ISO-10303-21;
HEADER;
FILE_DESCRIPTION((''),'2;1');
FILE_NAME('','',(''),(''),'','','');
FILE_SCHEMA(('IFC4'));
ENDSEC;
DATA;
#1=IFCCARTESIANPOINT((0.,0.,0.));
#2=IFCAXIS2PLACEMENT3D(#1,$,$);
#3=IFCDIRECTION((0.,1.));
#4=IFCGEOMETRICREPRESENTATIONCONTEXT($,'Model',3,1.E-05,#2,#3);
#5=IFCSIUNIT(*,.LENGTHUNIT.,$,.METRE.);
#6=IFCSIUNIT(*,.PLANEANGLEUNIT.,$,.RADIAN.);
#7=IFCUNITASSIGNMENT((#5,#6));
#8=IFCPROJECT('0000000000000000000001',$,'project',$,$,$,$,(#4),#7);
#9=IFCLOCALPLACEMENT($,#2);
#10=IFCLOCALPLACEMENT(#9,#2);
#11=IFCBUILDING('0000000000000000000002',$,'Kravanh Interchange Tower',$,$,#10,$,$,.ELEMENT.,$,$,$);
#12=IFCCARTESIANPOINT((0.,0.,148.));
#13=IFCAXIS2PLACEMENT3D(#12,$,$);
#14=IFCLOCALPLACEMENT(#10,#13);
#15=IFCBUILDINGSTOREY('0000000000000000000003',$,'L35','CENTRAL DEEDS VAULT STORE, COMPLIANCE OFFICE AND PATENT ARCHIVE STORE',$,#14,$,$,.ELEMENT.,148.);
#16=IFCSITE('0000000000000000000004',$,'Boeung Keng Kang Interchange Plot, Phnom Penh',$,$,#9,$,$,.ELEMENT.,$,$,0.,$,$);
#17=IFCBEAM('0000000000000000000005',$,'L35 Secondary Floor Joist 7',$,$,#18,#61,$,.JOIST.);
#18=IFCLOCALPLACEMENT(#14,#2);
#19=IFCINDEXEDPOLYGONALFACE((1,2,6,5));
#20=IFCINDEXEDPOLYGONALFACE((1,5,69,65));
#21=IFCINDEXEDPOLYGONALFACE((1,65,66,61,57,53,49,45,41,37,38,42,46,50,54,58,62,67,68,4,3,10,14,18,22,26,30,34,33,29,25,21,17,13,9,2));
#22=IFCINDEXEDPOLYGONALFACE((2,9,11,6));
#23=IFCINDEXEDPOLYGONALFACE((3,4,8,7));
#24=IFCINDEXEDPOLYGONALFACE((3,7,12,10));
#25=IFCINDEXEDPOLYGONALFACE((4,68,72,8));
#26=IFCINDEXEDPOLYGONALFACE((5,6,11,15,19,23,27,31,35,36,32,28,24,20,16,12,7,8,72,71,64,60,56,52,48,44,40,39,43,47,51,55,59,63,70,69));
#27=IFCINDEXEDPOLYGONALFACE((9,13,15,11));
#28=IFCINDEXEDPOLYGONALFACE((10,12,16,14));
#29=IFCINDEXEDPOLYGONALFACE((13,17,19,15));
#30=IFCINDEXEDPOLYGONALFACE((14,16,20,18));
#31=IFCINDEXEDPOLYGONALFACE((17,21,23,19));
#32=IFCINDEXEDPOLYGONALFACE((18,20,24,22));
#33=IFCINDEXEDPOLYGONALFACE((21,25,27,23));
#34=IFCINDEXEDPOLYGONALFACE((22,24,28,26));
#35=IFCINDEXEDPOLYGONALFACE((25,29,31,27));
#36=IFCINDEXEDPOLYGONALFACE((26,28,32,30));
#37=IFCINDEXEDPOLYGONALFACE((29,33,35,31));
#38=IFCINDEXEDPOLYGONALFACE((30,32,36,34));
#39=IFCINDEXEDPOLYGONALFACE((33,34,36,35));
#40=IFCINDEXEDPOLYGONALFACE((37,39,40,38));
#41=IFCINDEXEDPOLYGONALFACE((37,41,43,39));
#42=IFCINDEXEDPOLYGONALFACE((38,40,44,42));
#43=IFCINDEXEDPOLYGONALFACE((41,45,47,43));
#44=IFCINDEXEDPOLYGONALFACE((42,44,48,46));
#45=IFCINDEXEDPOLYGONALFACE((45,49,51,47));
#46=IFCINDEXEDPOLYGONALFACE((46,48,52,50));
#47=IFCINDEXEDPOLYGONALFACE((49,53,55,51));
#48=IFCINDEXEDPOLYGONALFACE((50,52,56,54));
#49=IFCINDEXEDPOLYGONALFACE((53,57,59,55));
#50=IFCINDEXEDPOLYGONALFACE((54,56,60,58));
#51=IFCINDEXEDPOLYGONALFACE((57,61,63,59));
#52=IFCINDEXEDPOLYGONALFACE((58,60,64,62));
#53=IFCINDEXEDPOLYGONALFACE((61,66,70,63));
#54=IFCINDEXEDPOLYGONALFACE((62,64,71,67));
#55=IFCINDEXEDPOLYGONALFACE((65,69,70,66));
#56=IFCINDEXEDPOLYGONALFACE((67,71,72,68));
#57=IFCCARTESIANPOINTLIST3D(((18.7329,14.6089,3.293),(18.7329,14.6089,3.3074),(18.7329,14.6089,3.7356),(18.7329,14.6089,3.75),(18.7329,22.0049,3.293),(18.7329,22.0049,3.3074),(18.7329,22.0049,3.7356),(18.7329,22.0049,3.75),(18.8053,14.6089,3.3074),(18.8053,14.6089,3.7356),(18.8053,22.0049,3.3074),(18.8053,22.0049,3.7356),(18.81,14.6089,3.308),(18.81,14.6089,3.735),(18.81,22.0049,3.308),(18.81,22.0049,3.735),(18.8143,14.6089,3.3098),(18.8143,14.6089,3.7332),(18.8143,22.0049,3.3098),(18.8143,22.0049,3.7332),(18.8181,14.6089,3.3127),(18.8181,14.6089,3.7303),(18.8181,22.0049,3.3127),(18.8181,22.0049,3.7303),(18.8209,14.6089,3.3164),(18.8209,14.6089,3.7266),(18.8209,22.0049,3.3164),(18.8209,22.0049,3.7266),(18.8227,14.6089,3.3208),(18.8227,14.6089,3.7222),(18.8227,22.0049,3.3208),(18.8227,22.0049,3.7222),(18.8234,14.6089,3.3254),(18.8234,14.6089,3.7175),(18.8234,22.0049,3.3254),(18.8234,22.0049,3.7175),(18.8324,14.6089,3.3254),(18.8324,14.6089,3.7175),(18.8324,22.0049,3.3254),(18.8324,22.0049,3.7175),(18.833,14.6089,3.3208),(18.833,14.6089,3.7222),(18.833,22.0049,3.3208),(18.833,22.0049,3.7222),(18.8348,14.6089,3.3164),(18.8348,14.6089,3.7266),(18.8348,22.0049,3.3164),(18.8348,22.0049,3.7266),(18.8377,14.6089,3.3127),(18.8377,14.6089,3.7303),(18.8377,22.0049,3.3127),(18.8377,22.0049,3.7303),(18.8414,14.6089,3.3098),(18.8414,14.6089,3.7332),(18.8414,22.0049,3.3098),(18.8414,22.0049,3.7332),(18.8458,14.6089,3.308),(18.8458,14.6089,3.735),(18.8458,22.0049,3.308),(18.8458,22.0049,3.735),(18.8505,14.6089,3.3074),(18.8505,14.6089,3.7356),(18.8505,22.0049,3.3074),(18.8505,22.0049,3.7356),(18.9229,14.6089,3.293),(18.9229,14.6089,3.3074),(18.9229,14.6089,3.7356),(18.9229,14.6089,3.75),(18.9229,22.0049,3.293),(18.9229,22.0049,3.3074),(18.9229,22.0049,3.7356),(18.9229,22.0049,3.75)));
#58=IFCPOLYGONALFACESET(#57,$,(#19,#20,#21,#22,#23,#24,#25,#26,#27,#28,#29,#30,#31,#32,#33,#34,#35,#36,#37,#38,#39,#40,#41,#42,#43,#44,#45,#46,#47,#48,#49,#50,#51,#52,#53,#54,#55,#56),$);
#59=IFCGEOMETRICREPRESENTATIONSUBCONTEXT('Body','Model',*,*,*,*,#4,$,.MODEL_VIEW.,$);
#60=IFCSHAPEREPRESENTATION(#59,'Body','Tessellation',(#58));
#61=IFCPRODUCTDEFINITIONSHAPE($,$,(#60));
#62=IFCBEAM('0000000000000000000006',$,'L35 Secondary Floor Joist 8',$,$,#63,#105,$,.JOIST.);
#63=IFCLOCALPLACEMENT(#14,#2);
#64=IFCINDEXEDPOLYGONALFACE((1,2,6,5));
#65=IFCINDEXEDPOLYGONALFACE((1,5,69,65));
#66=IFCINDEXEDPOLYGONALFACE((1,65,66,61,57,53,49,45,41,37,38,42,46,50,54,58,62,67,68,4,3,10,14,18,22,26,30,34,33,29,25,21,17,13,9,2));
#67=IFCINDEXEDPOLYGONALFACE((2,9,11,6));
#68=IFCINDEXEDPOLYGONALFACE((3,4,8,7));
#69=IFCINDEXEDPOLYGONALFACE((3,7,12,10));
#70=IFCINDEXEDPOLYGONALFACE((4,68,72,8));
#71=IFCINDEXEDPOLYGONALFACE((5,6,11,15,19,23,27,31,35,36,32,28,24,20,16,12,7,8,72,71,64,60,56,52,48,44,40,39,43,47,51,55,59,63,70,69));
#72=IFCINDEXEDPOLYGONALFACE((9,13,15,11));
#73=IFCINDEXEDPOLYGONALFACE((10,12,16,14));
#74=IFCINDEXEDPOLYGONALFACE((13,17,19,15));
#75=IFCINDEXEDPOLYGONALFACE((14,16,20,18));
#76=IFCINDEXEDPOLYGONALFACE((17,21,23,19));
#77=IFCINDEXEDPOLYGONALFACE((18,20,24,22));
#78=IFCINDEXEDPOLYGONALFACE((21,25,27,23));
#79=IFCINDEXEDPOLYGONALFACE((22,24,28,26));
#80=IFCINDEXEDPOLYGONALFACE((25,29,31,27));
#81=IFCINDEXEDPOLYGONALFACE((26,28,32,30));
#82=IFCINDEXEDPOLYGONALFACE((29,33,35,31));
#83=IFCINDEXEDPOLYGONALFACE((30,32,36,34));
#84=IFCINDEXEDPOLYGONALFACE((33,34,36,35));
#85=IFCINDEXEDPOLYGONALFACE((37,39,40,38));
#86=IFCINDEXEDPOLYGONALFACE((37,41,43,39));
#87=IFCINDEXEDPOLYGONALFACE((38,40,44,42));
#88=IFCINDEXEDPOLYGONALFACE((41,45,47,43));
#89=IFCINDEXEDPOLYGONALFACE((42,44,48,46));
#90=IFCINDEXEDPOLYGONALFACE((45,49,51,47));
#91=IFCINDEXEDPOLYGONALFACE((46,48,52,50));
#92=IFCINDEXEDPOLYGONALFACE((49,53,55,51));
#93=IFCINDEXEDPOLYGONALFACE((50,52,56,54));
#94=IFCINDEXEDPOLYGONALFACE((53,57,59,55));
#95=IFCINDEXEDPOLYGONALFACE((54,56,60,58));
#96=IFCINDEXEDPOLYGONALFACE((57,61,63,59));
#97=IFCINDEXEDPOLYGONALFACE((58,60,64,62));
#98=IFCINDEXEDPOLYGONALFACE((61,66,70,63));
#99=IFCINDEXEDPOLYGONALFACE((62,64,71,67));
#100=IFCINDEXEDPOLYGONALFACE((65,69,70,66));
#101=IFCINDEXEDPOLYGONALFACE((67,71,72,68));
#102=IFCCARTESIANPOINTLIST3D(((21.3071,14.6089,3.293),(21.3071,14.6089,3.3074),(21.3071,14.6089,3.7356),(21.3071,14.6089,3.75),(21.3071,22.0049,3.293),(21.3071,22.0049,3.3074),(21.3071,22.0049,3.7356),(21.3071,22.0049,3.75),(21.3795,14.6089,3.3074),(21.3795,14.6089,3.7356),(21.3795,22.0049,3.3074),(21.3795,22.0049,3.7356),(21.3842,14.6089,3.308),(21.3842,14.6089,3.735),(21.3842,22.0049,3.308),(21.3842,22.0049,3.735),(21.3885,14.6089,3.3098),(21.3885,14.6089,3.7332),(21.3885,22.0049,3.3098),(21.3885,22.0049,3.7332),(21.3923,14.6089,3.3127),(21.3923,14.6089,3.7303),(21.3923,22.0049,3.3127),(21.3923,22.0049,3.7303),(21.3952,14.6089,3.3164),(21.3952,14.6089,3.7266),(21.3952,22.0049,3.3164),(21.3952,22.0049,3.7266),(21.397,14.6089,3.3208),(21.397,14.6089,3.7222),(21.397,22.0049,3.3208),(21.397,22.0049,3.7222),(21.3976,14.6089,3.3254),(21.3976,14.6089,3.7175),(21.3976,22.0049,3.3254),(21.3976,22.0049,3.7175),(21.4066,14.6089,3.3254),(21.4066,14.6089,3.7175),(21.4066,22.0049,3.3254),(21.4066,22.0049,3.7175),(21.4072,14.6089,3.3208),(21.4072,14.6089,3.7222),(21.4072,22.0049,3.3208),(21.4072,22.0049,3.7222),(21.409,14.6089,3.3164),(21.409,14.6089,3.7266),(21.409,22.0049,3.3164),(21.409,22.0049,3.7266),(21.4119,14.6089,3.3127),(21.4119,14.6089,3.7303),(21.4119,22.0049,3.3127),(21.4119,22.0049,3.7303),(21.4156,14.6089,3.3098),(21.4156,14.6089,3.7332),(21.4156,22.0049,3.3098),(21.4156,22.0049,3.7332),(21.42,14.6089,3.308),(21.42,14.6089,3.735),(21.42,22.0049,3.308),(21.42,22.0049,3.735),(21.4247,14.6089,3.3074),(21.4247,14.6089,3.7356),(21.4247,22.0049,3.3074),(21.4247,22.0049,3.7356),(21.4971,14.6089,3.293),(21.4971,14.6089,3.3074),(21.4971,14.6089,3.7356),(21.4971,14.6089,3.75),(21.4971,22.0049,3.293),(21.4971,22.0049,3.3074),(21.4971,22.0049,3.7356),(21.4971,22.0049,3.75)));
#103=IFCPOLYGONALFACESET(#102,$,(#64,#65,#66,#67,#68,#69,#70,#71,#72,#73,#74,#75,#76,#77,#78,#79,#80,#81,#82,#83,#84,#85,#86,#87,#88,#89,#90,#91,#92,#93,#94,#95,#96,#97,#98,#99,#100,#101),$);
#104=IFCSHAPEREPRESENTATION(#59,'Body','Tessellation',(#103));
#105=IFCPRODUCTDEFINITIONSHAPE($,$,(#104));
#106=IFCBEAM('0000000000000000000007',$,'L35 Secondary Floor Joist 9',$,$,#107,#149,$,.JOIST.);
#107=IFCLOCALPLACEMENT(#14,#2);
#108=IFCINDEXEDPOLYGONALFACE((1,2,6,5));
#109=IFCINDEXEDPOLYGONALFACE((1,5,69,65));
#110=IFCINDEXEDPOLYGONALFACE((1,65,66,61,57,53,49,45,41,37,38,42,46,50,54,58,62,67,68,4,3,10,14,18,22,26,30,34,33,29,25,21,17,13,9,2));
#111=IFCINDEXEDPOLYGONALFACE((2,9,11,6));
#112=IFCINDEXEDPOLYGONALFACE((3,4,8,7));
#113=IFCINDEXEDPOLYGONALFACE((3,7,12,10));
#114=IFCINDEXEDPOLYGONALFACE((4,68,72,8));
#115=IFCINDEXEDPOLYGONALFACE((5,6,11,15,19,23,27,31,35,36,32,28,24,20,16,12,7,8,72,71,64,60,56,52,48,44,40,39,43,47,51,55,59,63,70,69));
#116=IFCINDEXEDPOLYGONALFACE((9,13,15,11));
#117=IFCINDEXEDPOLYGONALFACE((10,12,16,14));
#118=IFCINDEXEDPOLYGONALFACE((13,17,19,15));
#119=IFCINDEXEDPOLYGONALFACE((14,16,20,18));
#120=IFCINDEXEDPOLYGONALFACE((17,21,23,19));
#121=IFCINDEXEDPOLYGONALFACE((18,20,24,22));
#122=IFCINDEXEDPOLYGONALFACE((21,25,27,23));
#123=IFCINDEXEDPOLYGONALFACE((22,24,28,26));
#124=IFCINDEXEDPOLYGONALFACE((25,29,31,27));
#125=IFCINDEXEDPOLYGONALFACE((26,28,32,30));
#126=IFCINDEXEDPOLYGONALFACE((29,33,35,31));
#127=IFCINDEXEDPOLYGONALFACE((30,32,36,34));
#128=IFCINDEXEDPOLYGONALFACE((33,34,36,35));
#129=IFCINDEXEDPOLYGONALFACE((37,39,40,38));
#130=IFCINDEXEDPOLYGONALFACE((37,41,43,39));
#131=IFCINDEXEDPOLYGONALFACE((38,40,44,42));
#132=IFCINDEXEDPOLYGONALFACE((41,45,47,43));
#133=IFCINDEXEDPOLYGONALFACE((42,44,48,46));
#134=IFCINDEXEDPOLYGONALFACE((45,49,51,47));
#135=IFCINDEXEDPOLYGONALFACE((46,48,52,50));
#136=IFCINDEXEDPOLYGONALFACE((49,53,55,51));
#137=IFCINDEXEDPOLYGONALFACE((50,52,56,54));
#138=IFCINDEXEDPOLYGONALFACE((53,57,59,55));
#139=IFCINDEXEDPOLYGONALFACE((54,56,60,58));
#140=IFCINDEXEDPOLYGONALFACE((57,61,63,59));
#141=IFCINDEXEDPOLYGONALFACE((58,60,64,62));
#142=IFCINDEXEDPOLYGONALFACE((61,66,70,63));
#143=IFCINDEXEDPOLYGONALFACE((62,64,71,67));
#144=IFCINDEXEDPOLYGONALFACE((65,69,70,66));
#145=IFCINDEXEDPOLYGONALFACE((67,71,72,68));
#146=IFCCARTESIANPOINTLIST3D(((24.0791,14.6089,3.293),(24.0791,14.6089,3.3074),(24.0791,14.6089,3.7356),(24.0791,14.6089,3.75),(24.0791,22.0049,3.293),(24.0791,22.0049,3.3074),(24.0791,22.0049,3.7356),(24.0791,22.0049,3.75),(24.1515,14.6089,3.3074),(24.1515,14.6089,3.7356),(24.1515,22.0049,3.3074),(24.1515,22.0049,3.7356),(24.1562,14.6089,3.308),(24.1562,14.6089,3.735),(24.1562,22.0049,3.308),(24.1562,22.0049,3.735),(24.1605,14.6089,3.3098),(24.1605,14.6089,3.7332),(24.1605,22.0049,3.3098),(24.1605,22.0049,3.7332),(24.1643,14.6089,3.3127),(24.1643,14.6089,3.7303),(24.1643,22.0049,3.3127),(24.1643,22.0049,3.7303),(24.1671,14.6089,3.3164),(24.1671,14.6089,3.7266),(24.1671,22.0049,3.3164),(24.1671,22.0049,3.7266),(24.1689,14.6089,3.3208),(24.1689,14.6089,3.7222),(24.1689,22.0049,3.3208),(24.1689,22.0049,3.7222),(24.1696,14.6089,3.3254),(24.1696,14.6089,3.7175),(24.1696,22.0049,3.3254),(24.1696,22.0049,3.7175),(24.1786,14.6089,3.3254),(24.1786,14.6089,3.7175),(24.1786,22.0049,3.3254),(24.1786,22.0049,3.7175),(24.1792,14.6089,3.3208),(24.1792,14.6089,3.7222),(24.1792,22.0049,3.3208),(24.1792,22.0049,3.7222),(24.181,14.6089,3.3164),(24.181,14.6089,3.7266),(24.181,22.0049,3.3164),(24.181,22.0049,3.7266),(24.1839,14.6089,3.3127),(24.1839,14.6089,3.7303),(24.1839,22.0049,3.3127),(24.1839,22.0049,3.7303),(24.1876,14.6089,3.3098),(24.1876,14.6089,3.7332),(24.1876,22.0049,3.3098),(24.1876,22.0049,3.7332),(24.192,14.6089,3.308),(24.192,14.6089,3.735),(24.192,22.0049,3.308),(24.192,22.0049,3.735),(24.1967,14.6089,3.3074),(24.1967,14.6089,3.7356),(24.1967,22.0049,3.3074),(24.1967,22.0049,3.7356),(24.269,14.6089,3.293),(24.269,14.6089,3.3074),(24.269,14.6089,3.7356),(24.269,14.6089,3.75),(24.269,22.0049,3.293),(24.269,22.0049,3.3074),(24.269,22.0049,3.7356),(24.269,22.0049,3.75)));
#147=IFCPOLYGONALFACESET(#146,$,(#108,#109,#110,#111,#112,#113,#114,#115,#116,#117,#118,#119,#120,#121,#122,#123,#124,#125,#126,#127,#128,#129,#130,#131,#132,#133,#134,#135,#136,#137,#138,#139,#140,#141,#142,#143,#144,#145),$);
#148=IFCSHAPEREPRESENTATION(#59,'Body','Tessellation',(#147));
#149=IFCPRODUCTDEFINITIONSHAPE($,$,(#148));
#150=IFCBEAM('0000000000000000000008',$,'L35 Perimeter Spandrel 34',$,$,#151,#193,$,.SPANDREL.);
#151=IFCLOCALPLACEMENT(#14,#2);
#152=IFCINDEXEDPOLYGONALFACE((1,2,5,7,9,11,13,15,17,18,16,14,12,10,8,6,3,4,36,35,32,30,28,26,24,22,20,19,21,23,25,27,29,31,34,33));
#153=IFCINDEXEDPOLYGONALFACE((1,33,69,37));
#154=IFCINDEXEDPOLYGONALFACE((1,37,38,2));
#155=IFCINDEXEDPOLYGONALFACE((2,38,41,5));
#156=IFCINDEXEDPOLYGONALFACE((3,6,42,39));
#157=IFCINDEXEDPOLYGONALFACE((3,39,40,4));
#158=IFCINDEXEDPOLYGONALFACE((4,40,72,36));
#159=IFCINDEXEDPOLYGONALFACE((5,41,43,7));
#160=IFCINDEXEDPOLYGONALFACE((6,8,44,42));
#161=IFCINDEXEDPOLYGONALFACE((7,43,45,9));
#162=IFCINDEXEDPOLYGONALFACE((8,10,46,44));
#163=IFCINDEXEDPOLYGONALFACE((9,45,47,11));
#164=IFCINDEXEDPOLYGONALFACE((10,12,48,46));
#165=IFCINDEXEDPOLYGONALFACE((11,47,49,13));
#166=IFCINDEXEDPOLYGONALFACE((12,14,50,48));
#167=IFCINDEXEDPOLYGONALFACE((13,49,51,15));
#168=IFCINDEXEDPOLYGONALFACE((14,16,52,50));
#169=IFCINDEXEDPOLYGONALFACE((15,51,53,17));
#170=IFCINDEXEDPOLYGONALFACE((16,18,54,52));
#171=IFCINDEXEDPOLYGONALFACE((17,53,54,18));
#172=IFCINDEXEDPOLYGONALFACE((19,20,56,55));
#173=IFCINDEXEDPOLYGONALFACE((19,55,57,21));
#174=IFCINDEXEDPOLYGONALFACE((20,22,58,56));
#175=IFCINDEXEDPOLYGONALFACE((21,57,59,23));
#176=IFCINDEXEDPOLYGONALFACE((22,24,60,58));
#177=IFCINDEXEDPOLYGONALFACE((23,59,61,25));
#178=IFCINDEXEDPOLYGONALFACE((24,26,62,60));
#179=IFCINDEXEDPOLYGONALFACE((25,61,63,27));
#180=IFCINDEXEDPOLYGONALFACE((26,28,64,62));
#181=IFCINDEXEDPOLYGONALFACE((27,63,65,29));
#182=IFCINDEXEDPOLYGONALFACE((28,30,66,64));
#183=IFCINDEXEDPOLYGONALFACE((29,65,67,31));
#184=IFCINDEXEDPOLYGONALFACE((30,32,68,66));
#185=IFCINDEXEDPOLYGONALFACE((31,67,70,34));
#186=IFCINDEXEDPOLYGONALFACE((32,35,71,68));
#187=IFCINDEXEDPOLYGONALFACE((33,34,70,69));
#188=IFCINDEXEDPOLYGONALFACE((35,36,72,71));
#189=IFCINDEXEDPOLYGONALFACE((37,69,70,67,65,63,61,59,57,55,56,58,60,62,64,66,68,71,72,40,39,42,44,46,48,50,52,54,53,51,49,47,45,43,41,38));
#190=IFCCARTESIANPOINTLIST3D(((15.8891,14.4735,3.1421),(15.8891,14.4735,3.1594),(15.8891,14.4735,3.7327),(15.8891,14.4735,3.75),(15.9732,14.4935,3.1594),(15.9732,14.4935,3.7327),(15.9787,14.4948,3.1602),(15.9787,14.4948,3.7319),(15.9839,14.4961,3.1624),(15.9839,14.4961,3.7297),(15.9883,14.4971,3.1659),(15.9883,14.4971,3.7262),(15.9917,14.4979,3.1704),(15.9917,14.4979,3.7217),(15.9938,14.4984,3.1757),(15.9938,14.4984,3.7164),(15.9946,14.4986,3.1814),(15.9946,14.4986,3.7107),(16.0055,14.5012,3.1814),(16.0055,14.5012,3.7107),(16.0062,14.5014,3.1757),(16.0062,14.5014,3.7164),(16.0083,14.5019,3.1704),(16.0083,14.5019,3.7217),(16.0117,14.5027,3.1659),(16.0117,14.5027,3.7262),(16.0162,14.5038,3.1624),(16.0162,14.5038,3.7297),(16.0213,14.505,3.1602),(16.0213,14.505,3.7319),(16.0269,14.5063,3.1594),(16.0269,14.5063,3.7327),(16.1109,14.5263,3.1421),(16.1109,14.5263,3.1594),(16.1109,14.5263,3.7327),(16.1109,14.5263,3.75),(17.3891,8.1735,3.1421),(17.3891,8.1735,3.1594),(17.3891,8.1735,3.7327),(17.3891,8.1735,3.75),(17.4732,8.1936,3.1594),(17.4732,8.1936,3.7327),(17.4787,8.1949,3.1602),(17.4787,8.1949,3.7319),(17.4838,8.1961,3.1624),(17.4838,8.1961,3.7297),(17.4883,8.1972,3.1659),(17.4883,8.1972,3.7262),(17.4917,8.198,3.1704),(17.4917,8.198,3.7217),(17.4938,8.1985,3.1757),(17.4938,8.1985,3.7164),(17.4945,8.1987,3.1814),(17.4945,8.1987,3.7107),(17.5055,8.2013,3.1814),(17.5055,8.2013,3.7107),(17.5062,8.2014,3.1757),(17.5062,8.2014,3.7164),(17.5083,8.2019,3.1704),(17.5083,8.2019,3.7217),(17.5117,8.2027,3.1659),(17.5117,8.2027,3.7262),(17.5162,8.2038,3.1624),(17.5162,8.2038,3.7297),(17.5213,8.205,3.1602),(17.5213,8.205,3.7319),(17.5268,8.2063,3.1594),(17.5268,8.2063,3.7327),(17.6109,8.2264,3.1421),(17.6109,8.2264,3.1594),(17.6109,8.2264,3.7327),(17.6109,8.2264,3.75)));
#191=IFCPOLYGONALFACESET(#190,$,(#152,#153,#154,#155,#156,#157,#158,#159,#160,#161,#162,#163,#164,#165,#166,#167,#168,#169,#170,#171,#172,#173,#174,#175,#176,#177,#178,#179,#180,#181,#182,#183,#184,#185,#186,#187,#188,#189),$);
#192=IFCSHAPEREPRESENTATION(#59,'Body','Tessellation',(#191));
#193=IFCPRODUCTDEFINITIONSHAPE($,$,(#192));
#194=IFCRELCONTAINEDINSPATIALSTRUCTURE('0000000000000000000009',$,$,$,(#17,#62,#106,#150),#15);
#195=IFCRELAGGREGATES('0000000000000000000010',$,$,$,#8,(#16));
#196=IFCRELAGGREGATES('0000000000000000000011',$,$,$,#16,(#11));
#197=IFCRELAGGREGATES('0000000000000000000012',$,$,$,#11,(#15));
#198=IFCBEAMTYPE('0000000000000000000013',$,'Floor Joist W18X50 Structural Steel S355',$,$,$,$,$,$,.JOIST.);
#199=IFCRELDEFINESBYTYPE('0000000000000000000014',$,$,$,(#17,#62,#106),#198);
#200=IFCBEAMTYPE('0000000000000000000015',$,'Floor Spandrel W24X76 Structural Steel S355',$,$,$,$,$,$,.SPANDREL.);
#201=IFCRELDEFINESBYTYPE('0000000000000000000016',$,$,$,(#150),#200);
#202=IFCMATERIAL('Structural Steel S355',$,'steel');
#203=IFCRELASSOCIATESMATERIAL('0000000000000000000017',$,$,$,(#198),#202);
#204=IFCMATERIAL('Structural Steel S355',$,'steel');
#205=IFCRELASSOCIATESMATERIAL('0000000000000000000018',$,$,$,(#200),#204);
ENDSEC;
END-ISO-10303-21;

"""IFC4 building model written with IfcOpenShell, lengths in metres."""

from ifc_helpers import new_model, si_unit, direction, frame, origin, origin_2d, place, context, subcontext, project, spatial, i_section, extrude, material, material_profile, profile_set, type_object, element, save


model = new_model("IFC4")

# Units and contexts
model_context = context("Model", 3, precision=1e-05, world=origin(), true_north=direction((0.0, 1.0)))
body_context = subcontext(model_context, "Body", "Model", "MODEL_VIEW")
ifc_project = project(units=[si_unit("LENGTHUNIT", "METRE"), si_unit("PLANEANGLEUNIT", "RADIAN")], contexts=[model_context])

# Site, building, storey
site_placement = place(None, origin())
site = spatial("IfcSite", under=ifc_project, at=site_placement, Name="Boeung Keng Kang Interchange Plot, Phnom Penh", CompositionType="ELEMENT", RefElevation=0.0)
building_placement = place(site_placement, origin())
building = spatial("IfcBuilding", under=site, at=building_placement, Name="Kravanh Interchange Tower", CompositionType="ELEMENT")
storey_placement = place(building_placement, frame((0.0, 0.0, 148.0)))
storey = spatial("IfcBuildingStorey", under=building, at=storey_placement, Name="L35", Description="CENTRAL DEEDS VAULT STORE, COMPLIANCE OFFICE AND PATENT ARCHIVE STORE", CompositionType="ELEMENT", Elevation=148.0)

# Beams
ifc_material_1 = material(Name="Structural Steel S355", Category="steel")
ifc_material_profile_1 = material_profile(ifc_material_1, i_section(OverallWidth=0.1899, OverallDepth=0.457, WebThickness=0.009, FlangeThickness=0.0144, FilletRadius=0.0181, at=origin_2d()), Name="W18X50")
ifc_profile_set_1 = profile_set([ifc_material_profile_1], Name="Structural Steel S355")
beam_type_1 = type_object("IfcBeamType", Name="Floor Joist W18X50 Structural Steel S355", PredefinedType="JOIST", material=ifc_profile_set_1)
for number, where, z_axis, x_axis, name in (
    (1, (18.8279, 14.6089, 3.5215), (0.0, 1.0, 0.0), (-1.0, 0.0, 0.0), "L35 Secondary Floor Joist 7"),
    (2, (21.4021, 14.6089, 3.5215), (0.0, 1.0, 0.0), (-1.0, 0.0, 0.0), "L35 Secondary Floor Joist 8"),
    (3, (24.1741, 14.6089, 3.5215), (0.0, 1.0, 0.0), (-1.0, 0.0, 0.0), "L35 Secondary Floor Joist 9"),
):
    element("IfcBeam", number, at=place(storey_placement, frame(where, z_axis=z_axis, x_axis=x_axis)), inside=storey, type_object=beam_type_1, Name=name, PredefinedType="JOIST", context=body_context, shape_type="SweptSolid", body=[
        extrude(i_section(OverallWidth=0.1899, OverallDepth=0.457, WebThickness=0.009, FlangeThickness=0.0144, FilletRadius=0.0181, at=origin_2d()), origin(), (0.0, 0.0, 1.0), 7.396),
    ])
ifc_material_2 = material(Name="Structural Steel S355", Category="steel")
ifc_material_profile_2 = material_profile(ifc_material_2, i_section(OverallWidth=0.228, OverallDepth=0.6079, WebThickness=0.0112, FlangeThickness=0.0173, FilletRadius=0.022, at=origin_2d()), Name="W24X76")
ifc_profile_set_2 = profile_set([ifc_material_profile_2], Name="Structural Steel S355")
beam_type_2 = type_object("IfcBeamType", Name="Floor Spandrel W24X76 Structural Steel S355", PredefinedType="SPANDREL", material=ifc_profile_set_2)
beam_1_placement = place(storey_placement, frame((17.5, 8.2, 3.446), z_axis=(-0.231619, 0.972807, 0.0), x_axis=(-0.972807, -0.231619, 0.0)))
element("IfcBeam", 4, at=beam_1_placement, inside=storey, type_object=beam_type_2, Name="L35 Perimeter Spandrel 34", PredefinedType="SPANDREL", context=body_context, shape_type="SweptSolid", body=[
    extrude(i_section(OverallWidth=0.228, OverallDepth=0.6079, WebThickness=0.0112, FlangeThickness=0.0173, FilletRadius=0.022, at=origin_2d()), origin(), (0.0, 0.0, 1.0), 6.4761),
])

save(model, "model.ifc")
